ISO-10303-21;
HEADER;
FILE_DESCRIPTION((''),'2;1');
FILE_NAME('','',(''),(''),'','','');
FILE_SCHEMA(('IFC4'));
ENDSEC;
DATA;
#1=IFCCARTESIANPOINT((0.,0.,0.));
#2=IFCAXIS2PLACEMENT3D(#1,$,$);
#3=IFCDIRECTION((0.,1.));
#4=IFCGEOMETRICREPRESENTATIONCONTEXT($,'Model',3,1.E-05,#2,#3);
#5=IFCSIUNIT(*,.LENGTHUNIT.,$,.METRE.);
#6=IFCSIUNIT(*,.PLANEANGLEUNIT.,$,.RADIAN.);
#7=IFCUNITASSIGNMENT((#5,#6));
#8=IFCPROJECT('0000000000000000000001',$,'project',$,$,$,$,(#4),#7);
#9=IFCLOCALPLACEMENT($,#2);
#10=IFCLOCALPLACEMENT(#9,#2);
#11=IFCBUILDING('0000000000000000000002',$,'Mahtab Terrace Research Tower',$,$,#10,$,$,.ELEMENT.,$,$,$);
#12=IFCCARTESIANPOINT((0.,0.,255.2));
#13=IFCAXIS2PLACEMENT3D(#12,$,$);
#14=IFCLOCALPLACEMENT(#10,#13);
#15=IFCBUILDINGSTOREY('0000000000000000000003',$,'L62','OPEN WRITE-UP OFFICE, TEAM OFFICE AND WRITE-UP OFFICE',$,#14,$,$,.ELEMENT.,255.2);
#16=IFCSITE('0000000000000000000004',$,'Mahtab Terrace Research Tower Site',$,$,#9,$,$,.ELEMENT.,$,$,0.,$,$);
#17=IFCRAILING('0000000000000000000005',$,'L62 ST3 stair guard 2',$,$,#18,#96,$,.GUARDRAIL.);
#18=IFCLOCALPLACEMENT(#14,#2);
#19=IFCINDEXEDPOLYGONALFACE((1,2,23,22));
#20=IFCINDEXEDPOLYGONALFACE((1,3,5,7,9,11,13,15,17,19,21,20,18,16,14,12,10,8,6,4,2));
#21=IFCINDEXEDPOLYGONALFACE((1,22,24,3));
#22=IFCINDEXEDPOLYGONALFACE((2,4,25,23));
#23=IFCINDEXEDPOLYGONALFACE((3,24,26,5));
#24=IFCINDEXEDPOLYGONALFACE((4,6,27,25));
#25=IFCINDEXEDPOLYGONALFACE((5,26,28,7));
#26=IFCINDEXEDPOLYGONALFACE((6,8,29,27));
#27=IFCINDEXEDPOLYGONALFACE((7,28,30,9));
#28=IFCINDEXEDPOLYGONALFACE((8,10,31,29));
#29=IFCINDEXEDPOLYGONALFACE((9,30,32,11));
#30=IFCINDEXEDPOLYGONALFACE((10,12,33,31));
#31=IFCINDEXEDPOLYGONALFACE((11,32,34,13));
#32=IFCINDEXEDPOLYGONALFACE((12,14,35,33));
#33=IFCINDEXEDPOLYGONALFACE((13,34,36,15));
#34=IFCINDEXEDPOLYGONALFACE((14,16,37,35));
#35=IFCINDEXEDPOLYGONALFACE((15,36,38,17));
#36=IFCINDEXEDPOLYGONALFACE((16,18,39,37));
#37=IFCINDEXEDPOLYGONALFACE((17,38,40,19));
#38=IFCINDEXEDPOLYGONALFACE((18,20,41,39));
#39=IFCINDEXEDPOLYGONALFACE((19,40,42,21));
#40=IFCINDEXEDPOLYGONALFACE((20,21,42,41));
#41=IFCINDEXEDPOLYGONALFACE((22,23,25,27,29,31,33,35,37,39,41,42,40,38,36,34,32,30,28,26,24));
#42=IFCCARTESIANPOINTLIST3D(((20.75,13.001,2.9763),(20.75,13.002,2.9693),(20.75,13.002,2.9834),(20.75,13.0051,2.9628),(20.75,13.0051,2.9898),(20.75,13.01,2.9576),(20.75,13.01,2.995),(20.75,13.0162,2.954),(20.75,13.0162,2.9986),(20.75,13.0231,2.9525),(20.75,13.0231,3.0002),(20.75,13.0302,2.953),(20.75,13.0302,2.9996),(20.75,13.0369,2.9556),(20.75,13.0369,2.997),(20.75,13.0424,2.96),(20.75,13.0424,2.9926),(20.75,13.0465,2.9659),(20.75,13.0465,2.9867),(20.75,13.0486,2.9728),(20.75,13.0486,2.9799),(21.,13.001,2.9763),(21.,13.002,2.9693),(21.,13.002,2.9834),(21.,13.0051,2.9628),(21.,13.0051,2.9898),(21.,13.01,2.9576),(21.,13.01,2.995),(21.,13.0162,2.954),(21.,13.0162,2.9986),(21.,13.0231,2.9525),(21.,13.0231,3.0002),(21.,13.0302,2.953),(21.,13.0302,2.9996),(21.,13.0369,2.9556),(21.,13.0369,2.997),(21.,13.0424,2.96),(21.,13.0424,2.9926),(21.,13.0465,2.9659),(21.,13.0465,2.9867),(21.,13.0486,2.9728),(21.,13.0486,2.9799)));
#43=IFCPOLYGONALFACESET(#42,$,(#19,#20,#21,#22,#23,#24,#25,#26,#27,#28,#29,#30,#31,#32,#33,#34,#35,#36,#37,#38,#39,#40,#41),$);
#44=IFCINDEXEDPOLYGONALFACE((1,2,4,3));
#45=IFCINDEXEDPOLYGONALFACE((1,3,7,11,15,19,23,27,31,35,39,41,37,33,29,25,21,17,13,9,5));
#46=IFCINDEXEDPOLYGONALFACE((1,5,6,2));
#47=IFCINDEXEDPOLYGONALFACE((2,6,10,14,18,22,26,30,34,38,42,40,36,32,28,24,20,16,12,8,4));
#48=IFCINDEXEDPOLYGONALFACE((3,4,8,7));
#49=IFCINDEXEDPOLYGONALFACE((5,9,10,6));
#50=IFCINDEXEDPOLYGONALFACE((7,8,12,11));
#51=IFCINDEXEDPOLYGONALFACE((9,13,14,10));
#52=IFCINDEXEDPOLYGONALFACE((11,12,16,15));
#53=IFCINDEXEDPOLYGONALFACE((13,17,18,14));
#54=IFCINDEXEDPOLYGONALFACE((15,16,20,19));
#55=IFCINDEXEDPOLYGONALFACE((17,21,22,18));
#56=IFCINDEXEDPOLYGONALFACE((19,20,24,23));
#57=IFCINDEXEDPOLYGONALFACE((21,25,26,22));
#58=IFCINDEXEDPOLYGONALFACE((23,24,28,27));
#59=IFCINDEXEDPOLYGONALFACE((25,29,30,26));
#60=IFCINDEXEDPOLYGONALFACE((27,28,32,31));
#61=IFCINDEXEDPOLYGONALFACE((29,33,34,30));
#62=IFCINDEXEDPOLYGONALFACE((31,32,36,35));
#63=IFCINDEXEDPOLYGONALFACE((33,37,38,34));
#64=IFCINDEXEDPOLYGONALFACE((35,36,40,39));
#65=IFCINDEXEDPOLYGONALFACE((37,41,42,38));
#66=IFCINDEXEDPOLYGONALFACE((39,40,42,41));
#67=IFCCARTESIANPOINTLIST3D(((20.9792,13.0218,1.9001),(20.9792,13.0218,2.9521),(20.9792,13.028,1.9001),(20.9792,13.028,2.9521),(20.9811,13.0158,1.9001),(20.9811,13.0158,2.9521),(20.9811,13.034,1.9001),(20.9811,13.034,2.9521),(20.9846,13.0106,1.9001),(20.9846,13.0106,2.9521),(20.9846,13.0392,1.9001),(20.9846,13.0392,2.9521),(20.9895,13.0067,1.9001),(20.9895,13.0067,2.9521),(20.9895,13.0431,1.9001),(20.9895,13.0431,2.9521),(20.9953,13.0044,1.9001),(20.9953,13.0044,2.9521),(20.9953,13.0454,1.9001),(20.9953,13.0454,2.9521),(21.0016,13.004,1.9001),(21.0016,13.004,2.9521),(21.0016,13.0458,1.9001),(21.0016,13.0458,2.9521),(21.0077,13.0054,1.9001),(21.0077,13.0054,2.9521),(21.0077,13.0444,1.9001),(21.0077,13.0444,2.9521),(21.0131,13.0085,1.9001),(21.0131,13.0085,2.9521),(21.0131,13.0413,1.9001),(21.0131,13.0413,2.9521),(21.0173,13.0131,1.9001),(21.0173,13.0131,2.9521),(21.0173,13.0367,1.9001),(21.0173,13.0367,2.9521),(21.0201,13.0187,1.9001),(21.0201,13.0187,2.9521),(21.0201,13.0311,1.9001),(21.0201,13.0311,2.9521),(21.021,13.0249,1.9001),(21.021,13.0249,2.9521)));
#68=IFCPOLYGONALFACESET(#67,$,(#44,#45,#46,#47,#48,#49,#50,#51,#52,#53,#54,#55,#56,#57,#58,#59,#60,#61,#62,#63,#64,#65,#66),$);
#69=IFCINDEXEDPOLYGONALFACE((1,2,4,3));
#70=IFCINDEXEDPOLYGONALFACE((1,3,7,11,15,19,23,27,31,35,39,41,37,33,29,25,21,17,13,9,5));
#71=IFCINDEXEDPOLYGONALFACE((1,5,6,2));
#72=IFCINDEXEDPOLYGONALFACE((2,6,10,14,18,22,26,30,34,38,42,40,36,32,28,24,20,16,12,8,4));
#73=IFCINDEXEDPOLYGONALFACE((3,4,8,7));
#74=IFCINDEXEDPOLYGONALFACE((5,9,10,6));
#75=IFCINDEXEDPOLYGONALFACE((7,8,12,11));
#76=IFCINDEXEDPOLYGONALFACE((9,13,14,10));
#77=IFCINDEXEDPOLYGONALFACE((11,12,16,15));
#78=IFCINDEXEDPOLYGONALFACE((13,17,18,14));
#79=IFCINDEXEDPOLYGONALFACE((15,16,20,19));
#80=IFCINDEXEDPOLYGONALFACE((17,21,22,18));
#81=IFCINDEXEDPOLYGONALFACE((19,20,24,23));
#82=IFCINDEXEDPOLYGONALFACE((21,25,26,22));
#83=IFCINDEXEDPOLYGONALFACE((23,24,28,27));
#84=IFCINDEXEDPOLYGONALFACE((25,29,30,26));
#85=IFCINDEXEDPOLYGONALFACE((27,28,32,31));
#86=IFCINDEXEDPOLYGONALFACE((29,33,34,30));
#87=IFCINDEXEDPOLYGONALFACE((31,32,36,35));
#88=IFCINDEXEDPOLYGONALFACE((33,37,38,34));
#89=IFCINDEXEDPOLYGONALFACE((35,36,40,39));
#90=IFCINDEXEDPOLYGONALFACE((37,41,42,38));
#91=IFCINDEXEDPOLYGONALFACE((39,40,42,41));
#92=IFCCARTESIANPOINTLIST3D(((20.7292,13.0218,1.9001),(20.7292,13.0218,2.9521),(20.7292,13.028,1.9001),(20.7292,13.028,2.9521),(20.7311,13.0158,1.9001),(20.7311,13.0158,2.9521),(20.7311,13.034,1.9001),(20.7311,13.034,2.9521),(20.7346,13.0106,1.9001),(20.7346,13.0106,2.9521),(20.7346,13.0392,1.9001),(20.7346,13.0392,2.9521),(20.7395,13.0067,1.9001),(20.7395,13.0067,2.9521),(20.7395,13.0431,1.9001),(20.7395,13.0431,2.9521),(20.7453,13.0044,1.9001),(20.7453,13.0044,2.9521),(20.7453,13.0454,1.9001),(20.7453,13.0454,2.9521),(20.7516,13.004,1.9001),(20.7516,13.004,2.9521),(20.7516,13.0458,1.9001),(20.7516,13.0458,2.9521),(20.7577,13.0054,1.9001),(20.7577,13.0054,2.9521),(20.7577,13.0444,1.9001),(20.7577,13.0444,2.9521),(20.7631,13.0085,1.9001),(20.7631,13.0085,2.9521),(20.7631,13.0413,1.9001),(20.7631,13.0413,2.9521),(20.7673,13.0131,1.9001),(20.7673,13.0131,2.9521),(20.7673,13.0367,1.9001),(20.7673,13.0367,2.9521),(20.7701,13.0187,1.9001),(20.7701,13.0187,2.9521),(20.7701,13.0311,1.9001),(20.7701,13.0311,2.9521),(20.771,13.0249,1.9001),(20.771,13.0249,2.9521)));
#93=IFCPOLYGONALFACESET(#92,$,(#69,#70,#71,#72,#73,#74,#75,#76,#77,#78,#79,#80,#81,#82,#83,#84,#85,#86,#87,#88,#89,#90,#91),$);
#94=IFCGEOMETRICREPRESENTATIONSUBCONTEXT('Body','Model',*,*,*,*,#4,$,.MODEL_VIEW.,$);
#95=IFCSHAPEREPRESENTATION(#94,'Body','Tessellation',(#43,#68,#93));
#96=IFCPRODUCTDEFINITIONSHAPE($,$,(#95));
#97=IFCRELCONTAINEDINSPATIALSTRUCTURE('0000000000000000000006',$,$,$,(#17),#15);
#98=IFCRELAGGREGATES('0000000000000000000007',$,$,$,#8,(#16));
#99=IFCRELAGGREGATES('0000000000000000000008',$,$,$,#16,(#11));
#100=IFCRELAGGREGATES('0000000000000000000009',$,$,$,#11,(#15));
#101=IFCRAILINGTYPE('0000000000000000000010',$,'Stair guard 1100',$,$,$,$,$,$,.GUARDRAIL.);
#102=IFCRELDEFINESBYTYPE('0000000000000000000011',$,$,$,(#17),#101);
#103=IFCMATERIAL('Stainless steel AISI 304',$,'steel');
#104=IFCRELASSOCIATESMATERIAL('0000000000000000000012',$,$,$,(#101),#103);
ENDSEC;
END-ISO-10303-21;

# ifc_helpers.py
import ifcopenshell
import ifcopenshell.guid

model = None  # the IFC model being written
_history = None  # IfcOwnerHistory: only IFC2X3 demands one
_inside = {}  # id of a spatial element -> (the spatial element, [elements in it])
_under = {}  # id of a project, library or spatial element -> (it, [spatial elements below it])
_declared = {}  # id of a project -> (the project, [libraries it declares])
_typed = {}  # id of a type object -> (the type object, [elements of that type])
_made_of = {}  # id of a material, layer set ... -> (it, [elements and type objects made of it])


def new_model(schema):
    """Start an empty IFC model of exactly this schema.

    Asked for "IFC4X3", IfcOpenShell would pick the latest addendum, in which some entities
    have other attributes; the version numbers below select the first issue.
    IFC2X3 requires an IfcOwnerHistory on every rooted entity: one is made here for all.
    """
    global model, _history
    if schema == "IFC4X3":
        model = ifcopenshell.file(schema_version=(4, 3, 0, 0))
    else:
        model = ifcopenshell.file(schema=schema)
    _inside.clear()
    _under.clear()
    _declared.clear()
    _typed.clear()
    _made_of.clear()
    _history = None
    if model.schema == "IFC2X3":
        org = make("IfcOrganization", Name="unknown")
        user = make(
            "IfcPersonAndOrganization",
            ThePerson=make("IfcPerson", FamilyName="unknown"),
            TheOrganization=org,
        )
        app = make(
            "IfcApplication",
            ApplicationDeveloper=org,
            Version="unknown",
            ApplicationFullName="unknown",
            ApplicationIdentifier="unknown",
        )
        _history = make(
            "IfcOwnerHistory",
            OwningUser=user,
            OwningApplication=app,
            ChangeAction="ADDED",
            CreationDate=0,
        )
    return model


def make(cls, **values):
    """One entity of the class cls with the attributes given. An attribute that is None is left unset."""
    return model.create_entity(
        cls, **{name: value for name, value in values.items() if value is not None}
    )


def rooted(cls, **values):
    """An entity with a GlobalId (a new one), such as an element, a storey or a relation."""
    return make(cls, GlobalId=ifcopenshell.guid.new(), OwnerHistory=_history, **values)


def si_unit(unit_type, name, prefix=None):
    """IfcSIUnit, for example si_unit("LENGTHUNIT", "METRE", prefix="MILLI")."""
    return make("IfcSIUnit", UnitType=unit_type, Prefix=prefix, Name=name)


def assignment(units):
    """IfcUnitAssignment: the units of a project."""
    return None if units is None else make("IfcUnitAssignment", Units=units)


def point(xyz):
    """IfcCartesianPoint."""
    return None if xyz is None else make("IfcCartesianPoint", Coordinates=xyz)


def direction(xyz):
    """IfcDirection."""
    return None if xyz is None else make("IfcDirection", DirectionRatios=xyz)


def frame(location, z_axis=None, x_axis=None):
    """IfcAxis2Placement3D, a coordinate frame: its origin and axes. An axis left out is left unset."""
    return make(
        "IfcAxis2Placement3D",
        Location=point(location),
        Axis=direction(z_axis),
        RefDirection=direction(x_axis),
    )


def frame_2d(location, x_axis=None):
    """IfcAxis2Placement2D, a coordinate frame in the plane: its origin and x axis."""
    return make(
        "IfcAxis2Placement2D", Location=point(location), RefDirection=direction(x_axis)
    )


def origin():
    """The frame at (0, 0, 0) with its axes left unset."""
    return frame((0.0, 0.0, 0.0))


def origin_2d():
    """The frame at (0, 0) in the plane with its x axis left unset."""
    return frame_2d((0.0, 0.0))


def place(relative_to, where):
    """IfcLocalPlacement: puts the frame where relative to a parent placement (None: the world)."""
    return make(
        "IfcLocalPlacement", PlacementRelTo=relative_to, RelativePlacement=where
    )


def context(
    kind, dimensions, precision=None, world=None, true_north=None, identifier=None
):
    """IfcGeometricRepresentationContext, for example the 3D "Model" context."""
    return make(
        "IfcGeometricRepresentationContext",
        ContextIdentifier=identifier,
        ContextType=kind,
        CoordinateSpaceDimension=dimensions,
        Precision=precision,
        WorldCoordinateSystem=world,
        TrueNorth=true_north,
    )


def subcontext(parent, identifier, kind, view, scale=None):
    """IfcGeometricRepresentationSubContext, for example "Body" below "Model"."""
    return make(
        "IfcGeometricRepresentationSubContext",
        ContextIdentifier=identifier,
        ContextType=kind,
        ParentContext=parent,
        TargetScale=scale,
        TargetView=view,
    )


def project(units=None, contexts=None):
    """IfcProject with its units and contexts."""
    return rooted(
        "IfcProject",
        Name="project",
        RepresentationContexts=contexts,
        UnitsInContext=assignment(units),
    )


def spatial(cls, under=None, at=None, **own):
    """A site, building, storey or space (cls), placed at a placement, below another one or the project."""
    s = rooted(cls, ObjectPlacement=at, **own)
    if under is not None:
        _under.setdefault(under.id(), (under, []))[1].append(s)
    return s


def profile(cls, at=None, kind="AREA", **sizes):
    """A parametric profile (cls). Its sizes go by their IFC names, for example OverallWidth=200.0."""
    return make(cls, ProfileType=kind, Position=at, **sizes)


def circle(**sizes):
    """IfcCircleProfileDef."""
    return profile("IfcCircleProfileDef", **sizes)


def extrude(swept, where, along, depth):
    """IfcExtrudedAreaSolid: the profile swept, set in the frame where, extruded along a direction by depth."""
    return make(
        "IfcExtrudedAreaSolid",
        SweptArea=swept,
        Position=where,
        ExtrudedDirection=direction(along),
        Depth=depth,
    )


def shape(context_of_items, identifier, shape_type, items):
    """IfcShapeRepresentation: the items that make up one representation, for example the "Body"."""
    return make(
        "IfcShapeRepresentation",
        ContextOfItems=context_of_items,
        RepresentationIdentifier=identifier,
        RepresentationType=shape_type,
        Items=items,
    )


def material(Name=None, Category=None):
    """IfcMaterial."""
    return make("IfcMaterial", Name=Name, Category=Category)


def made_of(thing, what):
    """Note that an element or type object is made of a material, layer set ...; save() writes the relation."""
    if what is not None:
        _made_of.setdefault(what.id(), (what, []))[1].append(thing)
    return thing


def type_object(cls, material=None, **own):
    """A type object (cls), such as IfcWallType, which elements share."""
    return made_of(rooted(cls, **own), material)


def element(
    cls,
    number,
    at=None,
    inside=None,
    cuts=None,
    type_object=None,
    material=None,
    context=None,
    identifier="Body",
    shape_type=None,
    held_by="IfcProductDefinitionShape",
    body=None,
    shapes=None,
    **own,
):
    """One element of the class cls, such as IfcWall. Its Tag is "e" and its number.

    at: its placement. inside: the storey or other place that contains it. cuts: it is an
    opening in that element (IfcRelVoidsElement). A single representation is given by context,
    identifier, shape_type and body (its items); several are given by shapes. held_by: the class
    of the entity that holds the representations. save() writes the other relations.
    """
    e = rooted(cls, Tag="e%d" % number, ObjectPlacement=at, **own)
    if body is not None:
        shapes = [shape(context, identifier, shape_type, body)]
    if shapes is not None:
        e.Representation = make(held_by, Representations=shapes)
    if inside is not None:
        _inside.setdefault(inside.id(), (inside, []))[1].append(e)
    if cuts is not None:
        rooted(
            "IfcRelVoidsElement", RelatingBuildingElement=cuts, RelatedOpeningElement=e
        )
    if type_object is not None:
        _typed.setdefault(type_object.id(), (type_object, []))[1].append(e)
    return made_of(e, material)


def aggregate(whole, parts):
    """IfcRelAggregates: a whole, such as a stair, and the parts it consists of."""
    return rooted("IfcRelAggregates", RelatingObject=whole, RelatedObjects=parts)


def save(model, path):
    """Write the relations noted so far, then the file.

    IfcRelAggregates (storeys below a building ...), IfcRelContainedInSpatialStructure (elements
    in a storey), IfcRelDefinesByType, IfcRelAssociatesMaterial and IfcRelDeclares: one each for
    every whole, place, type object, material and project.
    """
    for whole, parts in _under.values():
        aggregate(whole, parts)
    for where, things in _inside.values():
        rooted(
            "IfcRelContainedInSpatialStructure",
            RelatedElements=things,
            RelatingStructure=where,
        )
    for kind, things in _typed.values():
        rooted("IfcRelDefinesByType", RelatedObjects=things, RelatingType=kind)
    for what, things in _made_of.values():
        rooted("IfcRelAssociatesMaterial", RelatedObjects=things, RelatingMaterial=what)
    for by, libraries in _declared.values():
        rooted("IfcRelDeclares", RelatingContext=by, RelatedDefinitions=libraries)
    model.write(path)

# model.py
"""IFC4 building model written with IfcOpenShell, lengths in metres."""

from ifc_helpers import new_model, si_unit, direction, frame, origin, origin_2d, place, context, subcontext, project, spatial, circle, extrude, material, type_object, element, save


model = new_model("IFC4")

# Units and contexts
model_context = context("Model", 3, precision=1e-05, world=origin(), true_north=direction((0.0, 1.0)))
body_context = subcontext(model_context, "Body", "Model", "MODEL_VIEW")
ifc_project = project(units=[si_unit("LENGTHUNIT", "METRE"), si_unit("PLANEANGLEUNIT", "RADIAN")], contexts=[model_context])

# Site, building, storey
site_placement = place(None, origin())
site = spatial("IfcSite", under=ifc_project, at=site_placement, Name="Mahtab Terrace Research Tower Site", CompositionType="ELEMENT", RefElevation=0.0)
building_placement = place(site_placement, origin())
building = spatial("IfcBuilding", under=site, at=building_placement, Name="Mahtab Terrace Research Tower", CompositionType="ELEMENT")
storey_placement = place(building_placement, frame((0.0, 0.0, 255.2)))
storey = spatial("IfcBuildingStorey", under=building, at=storey_placement, Name="L62", Description="OPEN WRITE-UP OFFICE, TEAM OFFICE AND WRITE-UP OFFICE", CompositionType="ELEMENT", Elevation=255.2)

# Railing
ifc_material_1 = material(Name="Stainless steel AISI 304", Category="steel")
railing_type_1 = type_object("IfcRailingType", Name="Stair guard 1100", PredefinedType="GUARDRAIL", material=ifc_material_1)
railing_1_placement = place(storey_placement, frame((21.0, 13.0249, 1.9001)))
element("IfcRailing", 1, at=railing_1_placement, inside=storey, type_object=railing_type_1, Name="L62 ST3 stair guard 2", PredefinedType="GUARDRAIL", context=body_context, shape_type="SweptSolid", body=[
    extrude(circle(Radius=0.0239, at=origin_2d()), frame((0.0, 0.0, 1.0762), z_axis=(-1.0, 0.0, 0.0), x_axis=(0.0, -1.0, 0.0)), (0.0, 0.0, 1.0), 0.25),
    extrude(circle(Radius=0.021, at=origin_2d()), origin(), (0.0, 0.0, 1.0), 1.052),
    extrude(circle(Radius=0.021, at=origin_2d()), frame((-0.25, 0.0, 0.0)), (0.0, 0.0, 1.0), 1.052),
])

save(model, "model.ifc")
